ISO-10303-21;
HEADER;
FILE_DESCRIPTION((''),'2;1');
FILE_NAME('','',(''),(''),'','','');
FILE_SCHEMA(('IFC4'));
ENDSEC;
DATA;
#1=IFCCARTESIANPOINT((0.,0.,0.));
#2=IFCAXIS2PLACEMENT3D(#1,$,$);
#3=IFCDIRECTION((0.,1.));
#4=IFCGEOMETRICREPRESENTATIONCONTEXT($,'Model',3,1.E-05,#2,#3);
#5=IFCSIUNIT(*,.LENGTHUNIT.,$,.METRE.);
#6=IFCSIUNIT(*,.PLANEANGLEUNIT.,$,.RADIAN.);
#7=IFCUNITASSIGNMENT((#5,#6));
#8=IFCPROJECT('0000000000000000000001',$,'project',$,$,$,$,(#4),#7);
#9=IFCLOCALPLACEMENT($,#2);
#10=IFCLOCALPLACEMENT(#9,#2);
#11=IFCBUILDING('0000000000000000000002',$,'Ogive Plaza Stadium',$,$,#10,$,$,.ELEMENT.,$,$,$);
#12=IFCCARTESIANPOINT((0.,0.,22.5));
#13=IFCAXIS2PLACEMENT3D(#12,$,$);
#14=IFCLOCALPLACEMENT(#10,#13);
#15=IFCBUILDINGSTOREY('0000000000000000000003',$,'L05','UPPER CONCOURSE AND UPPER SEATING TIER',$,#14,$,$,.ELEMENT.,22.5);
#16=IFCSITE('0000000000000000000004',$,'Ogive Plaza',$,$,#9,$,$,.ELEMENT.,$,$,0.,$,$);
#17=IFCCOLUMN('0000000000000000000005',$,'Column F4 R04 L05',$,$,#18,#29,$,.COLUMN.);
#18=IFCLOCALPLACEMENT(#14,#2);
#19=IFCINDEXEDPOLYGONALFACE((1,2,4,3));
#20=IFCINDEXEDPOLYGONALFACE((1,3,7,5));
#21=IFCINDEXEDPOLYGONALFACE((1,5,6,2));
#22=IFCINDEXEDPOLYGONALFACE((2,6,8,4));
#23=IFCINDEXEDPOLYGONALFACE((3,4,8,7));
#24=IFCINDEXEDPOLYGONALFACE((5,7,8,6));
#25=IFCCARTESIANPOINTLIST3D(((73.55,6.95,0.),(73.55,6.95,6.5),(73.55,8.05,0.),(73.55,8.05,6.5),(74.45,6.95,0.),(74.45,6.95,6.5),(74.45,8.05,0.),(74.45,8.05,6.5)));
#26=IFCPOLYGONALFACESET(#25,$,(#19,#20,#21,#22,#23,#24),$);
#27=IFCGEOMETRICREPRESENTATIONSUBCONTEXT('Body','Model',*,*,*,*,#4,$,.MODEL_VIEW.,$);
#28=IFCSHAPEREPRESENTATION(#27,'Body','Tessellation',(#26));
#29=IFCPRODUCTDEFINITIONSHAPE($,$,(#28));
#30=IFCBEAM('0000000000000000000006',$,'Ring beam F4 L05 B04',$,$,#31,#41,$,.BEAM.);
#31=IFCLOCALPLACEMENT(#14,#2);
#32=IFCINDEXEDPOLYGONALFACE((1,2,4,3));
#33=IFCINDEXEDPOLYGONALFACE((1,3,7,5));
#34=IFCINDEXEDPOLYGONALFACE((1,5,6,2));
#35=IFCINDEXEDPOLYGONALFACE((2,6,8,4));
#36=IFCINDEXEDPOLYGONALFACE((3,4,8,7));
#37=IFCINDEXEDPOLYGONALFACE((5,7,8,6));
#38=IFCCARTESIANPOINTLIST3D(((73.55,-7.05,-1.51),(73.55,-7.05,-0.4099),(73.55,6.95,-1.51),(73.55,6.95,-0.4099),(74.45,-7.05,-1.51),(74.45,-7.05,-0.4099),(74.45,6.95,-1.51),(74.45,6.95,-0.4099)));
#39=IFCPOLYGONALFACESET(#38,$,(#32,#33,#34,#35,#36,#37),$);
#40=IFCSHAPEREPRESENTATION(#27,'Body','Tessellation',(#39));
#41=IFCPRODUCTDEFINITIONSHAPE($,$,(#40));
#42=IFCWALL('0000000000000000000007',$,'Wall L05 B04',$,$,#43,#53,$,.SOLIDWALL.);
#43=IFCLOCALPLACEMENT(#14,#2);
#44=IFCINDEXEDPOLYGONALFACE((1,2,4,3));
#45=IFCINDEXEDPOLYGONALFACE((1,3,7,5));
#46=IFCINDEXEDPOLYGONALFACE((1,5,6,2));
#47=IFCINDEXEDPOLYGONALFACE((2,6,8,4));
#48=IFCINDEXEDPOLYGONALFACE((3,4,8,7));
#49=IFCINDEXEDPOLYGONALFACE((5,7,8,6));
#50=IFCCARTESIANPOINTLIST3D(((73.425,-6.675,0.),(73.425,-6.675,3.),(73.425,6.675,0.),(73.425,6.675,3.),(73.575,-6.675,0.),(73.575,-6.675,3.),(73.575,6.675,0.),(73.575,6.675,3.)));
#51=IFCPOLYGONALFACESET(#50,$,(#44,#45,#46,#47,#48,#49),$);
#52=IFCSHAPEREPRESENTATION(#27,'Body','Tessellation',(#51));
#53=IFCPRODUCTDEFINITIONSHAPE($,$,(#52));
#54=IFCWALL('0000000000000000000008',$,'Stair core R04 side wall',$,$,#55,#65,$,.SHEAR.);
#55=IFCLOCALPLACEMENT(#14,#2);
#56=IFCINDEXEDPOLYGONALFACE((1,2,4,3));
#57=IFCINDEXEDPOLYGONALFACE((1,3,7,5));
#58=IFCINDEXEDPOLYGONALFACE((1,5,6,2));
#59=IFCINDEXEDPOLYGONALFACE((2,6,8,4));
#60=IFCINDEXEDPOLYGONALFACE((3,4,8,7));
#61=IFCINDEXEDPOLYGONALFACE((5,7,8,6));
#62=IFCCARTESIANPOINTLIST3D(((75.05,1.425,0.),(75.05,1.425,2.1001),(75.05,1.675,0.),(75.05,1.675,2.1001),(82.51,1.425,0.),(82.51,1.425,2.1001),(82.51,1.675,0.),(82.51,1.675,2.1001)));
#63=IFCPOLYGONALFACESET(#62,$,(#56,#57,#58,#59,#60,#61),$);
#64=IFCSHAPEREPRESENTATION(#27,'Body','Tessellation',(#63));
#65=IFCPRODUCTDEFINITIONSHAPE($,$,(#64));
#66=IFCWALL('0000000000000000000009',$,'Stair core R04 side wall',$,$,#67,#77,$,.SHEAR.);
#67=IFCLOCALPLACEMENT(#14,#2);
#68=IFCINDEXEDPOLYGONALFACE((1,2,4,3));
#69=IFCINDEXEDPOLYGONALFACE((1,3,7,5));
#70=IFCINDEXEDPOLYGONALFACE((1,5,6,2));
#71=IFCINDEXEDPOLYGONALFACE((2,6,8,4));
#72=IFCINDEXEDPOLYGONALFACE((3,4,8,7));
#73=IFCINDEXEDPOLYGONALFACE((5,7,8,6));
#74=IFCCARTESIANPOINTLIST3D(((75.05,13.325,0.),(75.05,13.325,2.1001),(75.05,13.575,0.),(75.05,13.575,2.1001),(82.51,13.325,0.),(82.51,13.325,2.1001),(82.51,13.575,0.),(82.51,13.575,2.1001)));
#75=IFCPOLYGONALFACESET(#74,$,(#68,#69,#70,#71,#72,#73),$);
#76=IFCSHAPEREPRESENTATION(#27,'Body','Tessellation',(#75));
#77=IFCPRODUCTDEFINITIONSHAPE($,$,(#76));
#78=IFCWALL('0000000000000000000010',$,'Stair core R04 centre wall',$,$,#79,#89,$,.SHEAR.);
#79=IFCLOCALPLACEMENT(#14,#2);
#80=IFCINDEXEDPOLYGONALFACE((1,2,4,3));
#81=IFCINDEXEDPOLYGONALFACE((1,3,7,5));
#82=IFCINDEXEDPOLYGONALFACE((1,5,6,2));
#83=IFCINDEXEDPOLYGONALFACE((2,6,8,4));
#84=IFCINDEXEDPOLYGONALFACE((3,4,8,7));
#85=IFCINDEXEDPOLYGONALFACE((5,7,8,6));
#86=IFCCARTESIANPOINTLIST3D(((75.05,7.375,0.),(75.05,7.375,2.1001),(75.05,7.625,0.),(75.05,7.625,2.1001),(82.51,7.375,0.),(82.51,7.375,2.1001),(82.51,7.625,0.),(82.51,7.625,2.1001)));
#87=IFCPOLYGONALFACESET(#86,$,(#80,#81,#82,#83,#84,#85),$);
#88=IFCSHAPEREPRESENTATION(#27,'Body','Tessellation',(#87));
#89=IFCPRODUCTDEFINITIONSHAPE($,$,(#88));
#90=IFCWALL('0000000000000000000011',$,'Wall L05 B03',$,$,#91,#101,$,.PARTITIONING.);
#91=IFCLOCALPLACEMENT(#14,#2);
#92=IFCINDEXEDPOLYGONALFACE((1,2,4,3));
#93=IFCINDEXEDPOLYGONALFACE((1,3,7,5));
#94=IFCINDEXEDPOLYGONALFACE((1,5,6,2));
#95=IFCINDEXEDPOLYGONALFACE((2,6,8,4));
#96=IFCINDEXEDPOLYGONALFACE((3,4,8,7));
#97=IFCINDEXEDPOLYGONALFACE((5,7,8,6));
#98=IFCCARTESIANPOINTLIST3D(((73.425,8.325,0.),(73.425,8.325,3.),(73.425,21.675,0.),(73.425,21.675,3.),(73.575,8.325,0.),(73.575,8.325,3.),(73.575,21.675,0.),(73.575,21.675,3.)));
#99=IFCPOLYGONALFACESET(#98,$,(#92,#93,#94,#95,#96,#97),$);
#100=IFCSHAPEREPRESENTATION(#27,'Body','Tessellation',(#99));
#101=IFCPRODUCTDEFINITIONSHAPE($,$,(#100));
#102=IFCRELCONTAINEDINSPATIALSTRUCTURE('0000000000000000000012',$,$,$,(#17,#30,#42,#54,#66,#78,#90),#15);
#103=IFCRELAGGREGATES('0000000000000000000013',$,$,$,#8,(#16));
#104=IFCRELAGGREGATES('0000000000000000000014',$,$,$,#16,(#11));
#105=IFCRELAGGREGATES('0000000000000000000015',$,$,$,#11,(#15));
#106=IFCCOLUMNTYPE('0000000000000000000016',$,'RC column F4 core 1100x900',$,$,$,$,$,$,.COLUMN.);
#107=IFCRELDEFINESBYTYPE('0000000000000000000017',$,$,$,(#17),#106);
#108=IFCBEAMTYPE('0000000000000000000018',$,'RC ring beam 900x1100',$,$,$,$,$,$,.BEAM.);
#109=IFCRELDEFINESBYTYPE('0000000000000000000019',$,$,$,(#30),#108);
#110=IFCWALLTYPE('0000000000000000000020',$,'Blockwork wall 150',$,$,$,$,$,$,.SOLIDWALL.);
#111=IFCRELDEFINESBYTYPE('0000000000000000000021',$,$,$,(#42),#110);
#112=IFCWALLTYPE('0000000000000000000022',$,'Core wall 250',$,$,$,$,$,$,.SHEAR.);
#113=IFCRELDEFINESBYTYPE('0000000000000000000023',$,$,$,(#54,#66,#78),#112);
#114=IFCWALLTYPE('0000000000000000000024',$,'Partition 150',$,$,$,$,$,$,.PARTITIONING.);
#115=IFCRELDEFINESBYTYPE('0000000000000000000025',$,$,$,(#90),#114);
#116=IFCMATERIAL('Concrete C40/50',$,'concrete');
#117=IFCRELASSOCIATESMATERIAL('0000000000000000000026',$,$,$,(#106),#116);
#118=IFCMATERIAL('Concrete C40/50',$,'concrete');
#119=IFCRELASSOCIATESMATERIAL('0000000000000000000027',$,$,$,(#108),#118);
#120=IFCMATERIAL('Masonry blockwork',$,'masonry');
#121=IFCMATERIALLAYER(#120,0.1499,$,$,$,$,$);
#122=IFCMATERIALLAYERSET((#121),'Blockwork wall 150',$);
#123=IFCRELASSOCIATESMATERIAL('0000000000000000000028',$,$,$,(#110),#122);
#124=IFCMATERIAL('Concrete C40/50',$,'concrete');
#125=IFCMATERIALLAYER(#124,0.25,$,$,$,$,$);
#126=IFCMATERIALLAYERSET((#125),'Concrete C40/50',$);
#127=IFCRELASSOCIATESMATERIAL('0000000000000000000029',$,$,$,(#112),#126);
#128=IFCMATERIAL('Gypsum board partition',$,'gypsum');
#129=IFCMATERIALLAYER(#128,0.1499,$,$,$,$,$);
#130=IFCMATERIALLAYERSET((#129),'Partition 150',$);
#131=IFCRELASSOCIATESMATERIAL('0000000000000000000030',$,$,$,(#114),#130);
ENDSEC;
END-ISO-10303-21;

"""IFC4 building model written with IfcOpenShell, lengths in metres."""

from ifc_helpers import new_model, si_unit, direction, frame, frame_2d, origin, origin_2d, place, context, subcontext, project, spatial, rectangle, extrude, material, layer, layer_set, material_profile, profile_set, type_object, element, save


model = new_model("IFC4")

# Units and contexts
model_context = context("Model", 3, precision=1e-05, world=origin(), true_north=direction((0.0, 1.0)))
body_context = subcontext(model_context, "Body", "Model", "MODEL_VIEW")
ifc_project = project(units=[si_unit("LENGTHUNIT", "METRE"), si_unit("PLANEANGLEUNIT", "RADIAN")], contexts=[model_context])

# Site, building, storey
site_placement = place(None, origin())
site = spatial("IfcSite", under=ifc_project, at=site_placement, Name="Ogive Plaza", CompositionType="ELEMENT", RefElevation=0.0)
building_placement = place(site_placement, origin())
building = spatial("IfcBuilding", under=site, at=building_placement, Name="Ogive Plaza Stadium", CompositionType="ELEMENT")
storey_placement = place(building_placement, frame((0.0, 0.0, 22.5)))
storey = spatial("IfcBuildingStorey", under=building, at=storey_placement, Name="L05", Description="UPPER CONCOURSE AND UPPER SEATING TIER", CompositionType="ELEMENT", Elevation=22.5)

# Column
ifc_material_1 = material(Name="Concrete C40/50", Category="concrete")
ifc_material_profile_1 = material_profile(ifc_material_1, rectangle(XDim=1.1001, YDim=0.8999, at=origin_2d()), Name="RC 1100x900")
ifc_profile_set_1 = profile_set([ifc_material_profile_1], Name="Concrete C40/50")
column_type = type_object("IfcColumnType", Name="RC column F4 core 1100x900", PredefinedType="COLUMN", material=ifc_profile_set_1)
column_placement = place(storey_placement, frame((74.0, 7.5, 0.0), z_axis=(0.0, 0.0, 1.0), x_axis=(0.0, 1.0, 0.0)))
element("IfcColumn", 1, at=column_placement, inside=storey, type_object=column_type, Name="Column F4 R04 L05", PredefinedType="COLUMN", context=body_context, shape_type="SweptSolid", body=[
    extrude(rectangle(XDim=1.1001, YDim=0.8999, at=origin_2d()), origin(), (0.0, 0.0, 1.0), 6.5),
])

# Beam
ifc_material_2 = material(Name="Concrete C40/50", Category="concrete")
ifc_material_profile_2 = material_profile(ifc_material_2, rectangle(XDim=0.8999, YDim=1.1001, at=origin_2d()), Name="RC 900x1100")
ifc_profile_set_2 = profile_set([ifc_material_profile_2], Name="Concrete C40/50")
beam_type = type_object("IfcBeamType", Name="RC ring beam 900x1100", PredefinedType="BEAM", material=ifc_profile_set_2)
beam_placement = place(storey_placement, frame((74.0, 6.95, -0.96), z_axis=(0.0, -1.0, 0.0), x_axis=(1.0, 0.0, 0.0)))
element("IfcBeam", 2, at=beam_placement, inside=storey, type_object=beam_type, Name="Ring beam F4 L05 B04", PredefinedType="BEAM", context=body_context, shape_type="SweptSolid", body=[
    extrude(rectangle(XDim=0.8999, YDim=1.1001, at=origin_2d()), origin(), (0.0, 0.0, 1.0), 14.0),
])

# Wall
ifc_material_3 = material(Name="Masonry blockwork", Category="masonry")
ifc_layer_1 = layer(ifc_material_3, 0.1499)
ifc_layer_set_1 = layer_set([ifc_layer_1], Name="Blockwork wall 150")
wall_type_1 = type_object("IfcWallType", Name="Blockwork wall 150", PredefinedType="SOLIDWALL", material=ifc_layer_set_1)
wall_1_placement = place(storey_placement, frame((73.5, 6.675, 0.0), z_axis=(0.0, 0.0, 1.0), x_axis=(0.0, -1.0, 0.0)))
element("IfcWall", 3, at=wall_1_placement, inside=storey, type_object=wall_type_1, Name="Wall L05 B04", PredefinedType="SOLIDWALL", context=body_context, shape_type="SweptSolid", body=[
    extrude(rectangle(XDim=13.3501, YDim=0.1499, at=frame_2d((6.675, 0.0))), origin(), (0.0, 0.0, 1.0), 3.0),
])

# Shared definitions
ifc_material_4 = material(Name="Concrete C40/50", Category="concrete")
ifc_layer_2 = layer(ifc_material_4, 0.25)
ifc_layer_set_2 = layer_set([ifc_layer_2], Name="Concrete C40/50")
wall_type_2 = type_object("IfcWallType", Name="Core wall 250", PredefinedType="SHEAR", material=ifc_layer_set_2)

# Walls
for number, where, z_axis, x_axis, name in (
    (4, (75.05, 1.55, 0.0), (0.0, 0.0, 1.0), (1.0, 0.0, 0.0), "Stair core R04 side wall"),
    (5, (75.05, 13.45, 0.0), (0.0, 0.0, 1.0), (1.0, 0.0, 0.0), "Stair core R04 side wall"),
    (6, (75.05, 7.5, 0.0), (0.0, 0.0, 1.0), (1.0, 0.0, 0.0), "Stair core R04 centre wall"),
):
    element("IfcWall", number, at=place(storey_placement, frame(where, z_axis=z_axis, x_axis=x_axis)), inside=storey, type_object=wall_type_2, Name=name, PredefinedType="SHEAR", context=body_context, shape_type="SweptSolid", body=[
        extrude(rectangle(XDim=7.46, YDim=0.25, at=frame_2d((3.73, 0.0))), origin(), (0.0, 0.0, 1.0), 2.1001),
    ])
ifc_material_5 = material(Name="Gypsum board partition", Category="gypsum")
ifc_layer_3 = layer(ifc_material_5, 0.1499)
ifc_layer_set_3 = layer_set([ifc_layer_3], Name="Partition 150")
wall_type_3 = type_object("IfcWallType", Name="Partition 150", PredefinedType="PARTITIONING", material=ifc_layer_set_3)
wall_2_placement = place(storey_placement, frame((73.5, 8.325, 0.0), z_axis=(0.0, 0.0, 1.0), x_axis=(0.0, 1.0, 0.0)))
element("IfcWall", 7, at=wall_2_placement, inside=storey, type_object=wall_type_3, Name="Wall L05 B03", PredefinedType="PARTITIONING", context=body_context, shape_type="SweptSolid", body=[
    extrude(rectangle(XDim=13.3501, YDim=0.1499, at=frame_2d((6.675, 0.0))), origin(), (0.0, 0.0, 1.0), 3.0),
])

save(model, "model.ifc")
